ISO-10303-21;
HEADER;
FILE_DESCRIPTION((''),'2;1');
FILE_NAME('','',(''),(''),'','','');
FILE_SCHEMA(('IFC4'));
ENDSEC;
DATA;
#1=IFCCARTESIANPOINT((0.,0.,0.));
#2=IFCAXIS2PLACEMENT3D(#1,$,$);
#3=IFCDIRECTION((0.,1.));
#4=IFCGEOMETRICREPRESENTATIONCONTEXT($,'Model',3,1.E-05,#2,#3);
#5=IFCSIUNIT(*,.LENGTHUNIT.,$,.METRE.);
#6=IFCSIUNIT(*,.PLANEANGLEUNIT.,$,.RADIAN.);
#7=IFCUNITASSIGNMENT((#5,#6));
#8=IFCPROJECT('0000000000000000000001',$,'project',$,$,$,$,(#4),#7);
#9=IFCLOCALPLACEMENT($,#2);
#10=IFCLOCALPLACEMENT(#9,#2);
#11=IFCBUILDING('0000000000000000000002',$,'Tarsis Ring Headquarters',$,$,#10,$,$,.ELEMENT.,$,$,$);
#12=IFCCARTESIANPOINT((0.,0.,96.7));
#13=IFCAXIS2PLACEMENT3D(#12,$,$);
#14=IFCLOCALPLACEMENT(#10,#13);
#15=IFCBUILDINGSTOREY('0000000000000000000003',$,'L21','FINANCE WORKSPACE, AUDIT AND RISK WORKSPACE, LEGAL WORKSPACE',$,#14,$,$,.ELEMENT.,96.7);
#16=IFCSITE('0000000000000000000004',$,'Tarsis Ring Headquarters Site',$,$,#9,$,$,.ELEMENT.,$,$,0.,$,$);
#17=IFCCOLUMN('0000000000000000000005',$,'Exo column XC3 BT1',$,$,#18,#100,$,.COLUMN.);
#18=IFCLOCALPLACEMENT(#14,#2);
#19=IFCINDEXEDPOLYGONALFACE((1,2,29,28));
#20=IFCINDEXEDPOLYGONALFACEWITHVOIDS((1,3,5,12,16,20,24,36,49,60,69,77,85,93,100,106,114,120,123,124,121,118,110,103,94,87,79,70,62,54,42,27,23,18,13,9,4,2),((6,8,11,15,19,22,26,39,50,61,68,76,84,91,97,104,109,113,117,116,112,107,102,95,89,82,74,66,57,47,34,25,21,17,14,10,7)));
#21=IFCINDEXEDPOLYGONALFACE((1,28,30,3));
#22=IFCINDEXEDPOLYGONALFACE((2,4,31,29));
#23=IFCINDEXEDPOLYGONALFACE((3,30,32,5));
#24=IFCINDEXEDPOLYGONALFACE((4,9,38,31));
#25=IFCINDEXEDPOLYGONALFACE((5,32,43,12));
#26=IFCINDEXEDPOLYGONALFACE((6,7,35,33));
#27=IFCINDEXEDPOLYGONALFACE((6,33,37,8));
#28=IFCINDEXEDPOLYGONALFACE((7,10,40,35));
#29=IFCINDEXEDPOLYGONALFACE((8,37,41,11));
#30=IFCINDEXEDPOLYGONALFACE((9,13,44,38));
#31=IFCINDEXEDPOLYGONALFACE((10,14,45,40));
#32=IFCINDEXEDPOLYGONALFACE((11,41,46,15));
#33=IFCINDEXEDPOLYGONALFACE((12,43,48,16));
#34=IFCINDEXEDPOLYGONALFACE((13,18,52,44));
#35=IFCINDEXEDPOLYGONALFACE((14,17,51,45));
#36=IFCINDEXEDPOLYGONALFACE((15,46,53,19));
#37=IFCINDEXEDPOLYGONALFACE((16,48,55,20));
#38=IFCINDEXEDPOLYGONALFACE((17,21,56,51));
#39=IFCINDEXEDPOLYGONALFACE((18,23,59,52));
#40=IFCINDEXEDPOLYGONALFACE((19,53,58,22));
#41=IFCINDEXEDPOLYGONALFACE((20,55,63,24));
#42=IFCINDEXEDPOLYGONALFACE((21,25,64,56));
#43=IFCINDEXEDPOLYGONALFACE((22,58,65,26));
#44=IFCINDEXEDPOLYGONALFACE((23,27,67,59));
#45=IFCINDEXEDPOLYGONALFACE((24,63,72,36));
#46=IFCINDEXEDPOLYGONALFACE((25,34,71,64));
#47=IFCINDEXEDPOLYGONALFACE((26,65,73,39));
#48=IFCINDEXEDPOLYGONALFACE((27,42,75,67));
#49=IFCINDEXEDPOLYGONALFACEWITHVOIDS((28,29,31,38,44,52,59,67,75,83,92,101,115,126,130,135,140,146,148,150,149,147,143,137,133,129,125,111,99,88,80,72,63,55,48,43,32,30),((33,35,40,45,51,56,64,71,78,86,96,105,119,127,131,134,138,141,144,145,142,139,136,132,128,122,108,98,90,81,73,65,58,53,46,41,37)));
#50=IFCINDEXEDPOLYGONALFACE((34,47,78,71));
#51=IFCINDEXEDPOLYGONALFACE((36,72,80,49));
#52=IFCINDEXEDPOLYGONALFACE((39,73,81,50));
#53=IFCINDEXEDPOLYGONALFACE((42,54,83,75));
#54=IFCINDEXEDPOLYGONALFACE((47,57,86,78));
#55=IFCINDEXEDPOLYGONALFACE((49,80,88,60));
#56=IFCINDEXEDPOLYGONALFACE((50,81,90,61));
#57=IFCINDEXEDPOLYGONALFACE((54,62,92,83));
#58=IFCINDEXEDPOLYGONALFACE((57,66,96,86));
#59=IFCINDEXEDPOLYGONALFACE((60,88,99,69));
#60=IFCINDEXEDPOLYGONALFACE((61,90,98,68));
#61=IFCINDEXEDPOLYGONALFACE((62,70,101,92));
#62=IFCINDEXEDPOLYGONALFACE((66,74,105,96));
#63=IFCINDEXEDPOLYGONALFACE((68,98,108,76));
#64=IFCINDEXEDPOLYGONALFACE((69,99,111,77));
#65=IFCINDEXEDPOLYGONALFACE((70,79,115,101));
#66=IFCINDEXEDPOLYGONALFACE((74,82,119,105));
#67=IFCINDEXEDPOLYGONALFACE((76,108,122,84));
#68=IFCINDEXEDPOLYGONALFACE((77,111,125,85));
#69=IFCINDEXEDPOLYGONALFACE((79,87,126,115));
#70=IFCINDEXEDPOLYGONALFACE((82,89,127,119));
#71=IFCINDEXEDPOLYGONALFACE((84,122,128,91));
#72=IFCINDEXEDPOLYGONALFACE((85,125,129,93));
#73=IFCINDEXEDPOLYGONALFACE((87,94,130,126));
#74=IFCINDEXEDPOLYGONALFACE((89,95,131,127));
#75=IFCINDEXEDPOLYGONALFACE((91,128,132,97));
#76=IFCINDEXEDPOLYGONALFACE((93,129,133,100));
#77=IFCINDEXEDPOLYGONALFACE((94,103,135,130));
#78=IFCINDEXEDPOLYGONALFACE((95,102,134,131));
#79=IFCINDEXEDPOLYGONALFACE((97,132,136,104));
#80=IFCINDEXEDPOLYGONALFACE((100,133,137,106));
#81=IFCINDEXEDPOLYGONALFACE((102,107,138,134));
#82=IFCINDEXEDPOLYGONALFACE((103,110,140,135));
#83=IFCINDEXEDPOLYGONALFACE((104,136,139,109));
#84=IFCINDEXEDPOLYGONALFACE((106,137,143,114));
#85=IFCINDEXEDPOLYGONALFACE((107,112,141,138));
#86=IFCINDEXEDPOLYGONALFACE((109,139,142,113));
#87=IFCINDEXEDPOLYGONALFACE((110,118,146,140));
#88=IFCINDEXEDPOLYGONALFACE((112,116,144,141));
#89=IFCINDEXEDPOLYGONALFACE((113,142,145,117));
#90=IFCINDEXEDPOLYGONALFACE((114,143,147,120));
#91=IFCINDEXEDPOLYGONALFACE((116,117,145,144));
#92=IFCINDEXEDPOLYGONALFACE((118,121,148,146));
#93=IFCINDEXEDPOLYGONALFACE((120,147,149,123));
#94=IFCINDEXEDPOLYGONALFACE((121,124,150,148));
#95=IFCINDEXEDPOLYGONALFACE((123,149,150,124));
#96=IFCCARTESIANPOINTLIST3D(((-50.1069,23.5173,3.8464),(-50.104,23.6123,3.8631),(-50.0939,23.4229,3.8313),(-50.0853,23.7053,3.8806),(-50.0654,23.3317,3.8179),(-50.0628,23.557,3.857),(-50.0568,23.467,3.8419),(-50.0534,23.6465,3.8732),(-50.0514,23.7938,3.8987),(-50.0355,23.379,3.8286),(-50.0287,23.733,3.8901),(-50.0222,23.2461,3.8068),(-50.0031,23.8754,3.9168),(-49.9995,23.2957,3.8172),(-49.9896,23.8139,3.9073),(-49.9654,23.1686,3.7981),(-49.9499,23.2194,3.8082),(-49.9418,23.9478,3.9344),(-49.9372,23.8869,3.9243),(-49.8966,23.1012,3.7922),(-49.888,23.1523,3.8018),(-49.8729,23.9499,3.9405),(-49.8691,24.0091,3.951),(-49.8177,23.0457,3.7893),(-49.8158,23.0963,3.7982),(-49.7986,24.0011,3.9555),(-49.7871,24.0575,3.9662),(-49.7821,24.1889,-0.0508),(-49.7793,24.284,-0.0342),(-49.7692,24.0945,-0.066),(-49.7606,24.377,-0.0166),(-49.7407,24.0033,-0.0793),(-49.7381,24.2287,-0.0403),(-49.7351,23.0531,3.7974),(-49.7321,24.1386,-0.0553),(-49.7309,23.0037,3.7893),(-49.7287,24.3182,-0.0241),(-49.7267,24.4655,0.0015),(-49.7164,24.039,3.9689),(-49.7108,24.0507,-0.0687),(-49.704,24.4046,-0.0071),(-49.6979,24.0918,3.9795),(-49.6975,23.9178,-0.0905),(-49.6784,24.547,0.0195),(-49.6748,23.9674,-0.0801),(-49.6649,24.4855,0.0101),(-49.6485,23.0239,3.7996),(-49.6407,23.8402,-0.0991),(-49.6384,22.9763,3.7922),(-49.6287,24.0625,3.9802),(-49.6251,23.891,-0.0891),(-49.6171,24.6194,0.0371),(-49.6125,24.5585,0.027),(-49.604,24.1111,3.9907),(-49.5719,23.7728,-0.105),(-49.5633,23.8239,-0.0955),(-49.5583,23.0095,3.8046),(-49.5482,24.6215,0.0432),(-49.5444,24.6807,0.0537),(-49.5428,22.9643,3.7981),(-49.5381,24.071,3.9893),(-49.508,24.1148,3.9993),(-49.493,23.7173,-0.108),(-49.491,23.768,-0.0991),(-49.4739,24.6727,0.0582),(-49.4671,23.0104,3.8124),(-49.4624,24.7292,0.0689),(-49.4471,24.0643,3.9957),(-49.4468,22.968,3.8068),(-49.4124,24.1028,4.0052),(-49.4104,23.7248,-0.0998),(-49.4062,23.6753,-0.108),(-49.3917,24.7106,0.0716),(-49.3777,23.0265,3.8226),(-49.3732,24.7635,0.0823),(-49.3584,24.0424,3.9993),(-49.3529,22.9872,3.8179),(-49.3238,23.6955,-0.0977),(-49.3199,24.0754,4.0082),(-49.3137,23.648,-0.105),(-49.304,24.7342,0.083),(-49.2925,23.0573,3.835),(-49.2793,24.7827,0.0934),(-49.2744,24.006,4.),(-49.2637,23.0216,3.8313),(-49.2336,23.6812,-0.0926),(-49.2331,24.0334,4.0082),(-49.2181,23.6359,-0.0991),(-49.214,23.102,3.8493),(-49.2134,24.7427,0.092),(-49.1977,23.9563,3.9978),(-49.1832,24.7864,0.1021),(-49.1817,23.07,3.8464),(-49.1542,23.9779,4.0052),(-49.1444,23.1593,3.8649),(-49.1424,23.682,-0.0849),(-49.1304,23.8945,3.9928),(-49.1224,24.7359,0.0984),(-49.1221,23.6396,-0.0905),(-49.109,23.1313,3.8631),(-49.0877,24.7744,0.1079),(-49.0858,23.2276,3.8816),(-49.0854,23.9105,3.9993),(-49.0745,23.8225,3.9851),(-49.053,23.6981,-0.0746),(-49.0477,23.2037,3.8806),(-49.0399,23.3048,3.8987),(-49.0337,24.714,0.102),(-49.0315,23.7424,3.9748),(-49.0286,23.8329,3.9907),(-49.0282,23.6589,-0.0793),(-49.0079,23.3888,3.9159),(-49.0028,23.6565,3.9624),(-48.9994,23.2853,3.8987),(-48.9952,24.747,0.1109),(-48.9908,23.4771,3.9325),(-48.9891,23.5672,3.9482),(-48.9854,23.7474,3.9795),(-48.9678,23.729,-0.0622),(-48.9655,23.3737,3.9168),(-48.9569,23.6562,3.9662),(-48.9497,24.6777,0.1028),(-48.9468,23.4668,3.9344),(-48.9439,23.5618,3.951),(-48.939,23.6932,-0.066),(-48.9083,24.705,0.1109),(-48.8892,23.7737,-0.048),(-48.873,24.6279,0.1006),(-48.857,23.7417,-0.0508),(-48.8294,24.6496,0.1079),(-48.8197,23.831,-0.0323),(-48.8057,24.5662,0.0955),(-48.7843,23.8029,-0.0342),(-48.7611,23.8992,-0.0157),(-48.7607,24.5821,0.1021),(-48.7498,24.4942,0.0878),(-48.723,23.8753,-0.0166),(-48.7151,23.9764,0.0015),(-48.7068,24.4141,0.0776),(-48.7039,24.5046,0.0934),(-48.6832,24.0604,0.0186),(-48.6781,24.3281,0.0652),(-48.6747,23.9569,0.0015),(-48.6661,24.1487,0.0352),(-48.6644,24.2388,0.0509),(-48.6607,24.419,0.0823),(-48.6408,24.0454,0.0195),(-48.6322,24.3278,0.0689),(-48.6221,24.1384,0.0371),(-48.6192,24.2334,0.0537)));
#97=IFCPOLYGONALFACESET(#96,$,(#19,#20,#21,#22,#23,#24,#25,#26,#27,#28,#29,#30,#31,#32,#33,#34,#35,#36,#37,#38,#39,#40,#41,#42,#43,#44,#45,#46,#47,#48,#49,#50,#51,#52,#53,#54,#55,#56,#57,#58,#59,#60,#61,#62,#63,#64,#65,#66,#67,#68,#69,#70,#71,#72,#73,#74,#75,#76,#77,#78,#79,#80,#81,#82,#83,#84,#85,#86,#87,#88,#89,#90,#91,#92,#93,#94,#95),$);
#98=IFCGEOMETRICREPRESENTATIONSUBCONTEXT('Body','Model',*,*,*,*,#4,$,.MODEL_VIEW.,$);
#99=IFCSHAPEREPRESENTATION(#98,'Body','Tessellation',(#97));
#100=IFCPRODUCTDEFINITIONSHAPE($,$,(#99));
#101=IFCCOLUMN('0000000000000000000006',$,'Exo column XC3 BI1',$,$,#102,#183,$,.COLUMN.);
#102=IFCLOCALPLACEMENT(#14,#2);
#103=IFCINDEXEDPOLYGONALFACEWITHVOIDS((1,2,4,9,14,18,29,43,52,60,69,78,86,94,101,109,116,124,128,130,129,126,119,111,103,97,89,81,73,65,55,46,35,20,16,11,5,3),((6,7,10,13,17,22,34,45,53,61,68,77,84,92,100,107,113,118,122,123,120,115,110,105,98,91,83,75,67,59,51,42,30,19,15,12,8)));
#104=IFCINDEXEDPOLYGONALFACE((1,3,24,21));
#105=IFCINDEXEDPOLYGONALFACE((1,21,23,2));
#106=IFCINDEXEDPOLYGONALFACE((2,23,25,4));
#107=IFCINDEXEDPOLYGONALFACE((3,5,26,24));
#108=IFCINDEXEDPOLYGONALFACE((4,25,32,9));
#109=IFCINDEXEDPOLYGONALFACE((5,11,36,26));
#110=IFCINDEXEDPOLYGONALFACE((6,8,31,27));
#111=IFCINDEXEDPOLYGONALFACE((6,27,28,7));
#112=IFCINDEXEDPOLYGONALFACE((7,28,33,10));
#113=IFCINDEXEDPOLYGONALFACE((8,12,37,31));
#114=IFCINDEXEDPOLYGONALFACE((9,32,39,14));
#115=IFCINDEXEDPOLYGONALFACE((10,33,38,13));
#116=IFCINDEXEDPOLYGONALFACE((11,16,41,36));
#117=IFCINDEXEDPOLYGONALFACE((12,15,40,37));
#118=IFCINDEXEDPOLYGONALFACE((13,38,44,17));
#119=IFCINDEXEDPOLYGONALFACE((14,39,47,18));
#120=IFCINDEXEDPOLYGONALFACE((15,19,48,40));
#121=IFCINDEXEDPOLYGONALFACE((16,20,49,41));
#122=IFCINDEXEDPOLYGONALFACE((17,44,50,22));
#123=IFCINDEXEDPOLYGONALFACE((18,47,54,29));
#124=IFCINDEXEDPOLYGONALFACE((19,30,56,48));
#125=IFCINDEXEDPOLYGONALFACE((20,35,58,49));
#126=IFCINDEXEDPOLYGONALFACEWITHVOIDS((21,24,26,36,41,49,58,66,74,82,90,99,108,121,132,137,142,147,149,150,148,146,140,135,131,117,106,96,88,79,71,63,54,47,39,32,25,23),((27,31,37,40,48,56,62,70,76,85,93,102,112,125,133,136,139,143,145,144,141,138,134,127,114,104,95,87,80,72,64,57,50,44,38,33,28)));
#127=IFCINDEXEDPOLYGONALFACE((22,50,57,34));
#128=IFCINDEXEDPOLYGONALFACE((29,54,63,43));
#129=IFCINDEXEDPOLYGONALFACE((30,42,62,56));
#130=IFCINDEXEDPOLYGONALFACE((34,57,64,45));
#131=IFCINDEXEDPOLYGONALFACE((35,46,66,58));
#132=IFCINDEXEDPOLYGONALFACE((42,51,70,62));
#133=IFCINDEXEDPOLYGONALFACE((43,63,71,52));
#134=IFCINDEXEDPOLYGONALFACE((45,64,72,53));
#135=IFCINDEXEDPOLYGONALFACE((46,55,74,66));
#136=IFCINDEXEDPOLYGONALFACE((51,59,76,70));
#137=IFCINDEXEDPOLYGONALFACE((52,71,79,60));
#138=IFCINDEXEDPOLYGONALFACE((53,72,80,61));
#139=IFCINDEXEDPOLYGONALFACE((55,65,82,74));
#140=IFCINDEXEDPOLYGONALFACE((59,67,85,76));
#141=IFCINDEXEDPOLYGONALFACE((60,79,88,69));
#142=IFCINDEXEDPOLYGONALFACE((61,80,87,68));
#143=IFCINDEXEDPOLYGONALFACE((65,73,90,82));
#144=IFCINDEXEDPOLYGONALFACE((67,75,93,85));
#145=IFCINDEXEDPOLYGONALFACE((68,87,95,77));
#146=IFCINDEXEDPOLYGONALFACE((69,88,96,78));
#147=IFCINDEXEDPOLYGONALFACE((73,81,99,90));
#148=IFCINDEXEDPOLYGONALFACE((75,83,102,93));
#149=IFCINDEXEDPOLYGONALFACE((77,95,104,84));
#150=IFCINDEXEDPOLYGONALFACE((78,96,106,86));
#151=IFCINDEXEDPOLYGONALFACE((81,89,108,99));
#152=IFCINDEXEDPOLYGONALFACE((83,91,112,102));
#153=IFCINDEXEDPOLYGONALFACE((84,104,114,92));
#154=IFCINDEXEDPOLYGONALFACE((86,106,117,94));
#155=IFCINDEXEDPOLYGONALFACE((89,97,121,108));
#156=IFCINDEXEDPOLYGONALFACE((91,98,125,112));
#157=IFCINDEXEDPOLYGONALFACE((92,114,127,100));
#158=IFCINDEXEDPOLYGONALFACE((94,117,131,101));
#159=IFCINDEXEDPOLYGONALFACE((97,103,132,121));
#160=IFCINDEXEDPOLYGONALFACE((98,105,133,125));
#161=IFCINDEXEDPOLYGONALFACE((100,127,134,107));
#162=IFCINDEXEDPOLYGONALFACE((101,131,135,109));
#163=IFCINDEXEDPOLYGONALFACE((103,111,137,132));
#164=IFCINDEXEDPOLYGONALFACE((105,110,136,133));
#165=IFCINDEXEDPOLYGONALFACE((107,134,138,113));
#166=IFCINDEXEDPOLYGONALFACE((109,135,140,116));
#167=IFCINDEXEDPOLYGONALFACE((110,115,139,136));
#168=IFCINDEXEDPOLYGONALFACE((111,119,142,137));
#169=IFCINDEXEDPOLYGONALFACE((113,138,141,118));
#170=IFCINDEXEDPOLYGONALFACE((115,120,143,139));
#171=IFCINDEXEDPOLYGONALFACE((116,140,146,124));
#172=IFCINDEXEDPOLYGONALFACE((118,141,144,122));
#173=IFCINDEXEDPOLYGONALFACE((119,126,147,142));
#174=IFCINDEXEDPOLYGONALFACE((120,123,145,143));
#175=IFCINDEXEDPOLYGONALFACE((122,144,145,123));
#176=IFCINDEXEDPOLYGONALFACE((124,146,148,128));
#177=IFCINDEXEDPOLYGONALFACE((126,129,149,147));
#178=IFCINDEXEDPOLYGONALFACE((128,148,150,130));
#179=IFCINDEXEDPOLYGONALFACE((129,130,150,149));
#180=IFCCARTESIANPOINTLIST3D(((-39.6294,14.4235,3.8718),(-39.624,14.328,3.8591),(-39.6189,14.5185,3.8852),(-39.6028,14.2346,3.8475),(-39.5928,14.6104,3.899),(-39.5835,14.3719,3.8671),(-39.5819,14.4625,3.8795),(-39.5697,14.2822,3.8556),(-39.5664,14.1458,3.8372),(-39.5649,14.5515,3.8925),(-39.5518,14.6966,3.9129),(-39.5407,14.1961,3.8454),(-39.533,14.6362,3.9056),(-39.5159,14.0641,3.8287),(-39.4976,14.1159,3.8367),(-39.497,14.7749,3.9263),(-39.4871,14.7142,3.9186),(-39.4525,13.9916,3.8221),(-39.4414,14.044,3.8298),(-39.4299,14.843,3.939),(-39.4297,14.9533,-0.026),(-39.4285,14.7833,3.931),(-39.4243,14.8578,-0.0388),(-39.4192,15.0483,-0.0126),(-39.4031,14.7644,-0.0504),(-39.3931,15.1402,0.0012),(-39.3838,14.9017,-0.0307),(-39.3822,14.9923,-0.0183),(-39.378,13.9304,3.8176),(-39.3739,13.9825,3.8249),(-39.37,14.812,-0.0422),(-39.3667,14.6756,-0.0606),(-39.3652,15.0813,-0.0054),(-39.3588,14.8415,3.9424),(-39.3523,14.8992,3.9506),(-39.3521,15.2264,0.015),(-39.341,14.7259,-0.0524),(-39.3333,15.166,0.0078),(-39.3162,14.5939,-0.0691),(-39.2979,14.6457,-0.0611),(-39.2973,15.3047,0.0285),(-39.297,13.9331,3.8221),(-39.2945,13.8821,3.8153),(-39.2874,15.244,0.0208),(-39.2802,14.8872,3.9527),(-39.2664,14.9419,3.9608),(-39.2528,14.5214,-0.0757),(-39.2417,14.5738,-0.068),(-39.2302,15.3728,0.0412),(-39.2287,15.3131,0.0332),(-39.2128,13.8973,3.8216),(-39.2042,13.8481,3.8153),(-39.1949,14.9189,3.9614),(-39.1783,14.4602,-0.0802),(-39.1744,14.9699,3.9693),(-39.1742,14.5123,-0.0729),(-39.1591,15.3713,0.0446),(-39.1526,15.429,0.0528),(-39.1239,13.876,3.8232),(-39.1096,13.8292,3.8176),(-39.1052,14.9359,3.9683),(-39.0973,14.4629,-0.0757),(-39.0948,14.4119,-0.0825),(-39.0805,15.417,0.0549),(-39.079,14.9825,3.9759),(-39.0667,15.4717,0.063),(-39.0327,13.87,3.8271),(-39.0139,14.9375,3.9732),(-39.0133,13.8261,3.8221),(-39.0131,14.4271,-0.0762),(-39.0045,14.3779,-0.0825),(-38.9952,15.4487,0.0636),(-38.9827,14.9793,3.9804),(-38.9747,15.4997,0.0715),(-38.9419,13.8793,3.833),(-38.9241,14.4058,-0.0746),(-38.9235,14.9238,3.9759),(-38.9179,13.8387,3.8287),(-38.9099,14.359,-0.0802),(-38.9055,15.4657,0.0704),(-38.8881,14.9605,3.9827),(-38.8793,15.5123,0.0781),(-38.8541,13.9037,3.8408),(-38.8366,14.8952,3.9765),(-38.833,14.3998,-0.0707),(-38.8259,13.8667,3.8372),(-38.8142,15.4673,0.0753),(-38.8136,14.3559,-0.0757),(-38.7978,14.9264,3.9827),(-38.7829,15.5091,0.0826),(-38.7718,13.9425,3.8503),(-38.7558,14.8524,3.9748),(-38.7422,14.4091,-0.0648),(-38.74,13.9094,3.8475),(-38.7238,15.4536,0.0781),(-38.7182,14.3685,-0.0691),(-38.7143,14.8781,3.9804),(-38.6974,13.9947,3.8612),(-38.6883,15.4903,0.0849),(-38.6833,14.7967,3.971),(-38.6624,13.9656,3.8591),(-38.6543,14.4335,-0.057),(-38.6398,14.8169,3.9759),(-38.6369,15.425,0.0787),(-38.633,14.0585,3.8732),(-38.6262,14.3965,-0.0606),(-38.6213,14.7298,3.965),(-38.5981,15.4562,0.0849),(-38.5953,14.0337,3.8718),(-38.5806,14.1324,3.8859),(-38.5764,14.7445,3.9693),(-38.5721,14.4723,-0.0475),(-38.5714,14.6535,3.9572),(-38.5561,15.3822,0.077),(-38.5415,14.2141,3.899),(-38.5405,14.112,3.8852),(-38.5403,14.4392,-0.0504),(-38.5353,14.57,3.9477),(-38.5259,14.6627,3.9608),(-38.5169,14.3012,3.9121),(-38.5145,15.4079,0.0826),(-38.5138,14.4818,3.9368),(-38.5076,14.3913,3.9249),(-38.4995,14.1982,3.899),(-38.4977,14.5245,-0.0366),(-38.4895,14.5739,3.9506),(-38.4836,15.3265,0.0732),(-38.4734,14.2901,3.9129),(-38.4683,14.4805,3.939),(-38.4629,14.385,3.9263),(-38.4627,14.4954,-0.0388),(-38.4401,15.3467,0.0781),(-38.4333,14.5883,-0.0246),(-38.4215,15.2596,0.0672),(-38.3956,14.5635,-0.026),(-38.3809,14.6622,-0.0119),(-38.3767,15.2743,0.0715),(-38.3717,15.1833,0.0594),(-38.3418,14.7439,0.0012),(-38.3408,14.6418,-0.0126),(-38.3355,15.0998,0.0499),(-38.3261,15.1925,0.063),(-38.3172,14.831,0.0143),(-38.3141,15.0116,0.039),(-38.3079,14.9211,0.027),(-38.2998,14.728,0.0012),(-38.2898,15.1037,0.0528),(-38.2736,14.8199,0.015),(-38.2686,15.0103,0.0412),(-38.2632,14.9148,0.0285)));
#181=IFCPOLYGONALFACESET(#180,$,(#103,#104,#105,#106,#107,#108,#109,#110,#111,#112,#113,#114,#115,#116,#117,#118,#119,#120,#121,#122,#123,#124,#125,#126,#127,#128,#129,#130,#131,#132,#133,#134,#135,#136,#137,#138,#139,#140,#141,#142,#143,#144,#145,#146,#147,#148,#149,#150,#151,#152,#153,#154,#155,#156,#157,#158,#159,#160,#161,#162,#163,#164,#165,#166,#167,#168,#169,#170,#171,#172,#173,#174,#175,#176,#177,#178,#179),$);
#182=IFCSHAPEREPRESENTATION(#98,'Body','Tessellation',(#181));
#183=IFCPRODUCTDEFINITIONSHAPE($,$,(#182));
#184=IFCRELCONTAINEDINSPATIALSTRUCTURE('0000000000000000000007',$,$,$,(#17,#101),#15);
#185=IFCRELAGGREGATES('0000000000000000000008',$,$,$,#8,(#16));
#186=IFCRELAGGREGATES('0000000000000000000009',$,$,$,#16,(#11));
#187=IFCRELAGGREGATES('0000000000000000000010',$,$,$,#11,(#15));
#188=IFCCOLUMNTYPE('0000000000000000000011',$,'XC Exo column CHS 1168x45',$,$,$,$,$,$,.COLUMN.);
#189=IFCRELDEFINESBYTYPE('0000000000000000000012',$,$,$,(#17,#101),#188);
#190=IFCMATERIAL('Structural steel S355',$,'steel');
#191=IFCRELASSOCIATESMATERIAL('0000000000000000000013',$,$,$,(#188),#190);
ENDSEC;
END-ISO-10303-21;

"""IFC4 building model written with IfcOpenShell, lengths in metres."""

from ifc_helpers import new_model, si_unit, direction, frame, origin, origin_2d, place, context, subcontext, project, spatial, hollow_circle, extrude, material, material_profile, profile_set, type_object, element, save


model = new_model("IFC4")

# Units and contexts
model_context = context("Model", 3, precision=1e-05, world=origin(), true_north=direction((0.0, 1.0)))
body_context = subcontext(model_context, "Body", "Model", "MODEL_VIEW")
ifc_project = project(units=[si_unit("LENGTHUNIT", "METRE"), si_unit("PLANEANGLEUNIT", "RADIAN")], contexts=[model_context])

# Site, building, storey
site_placement = place(None, origin())
site = spatial("IfcSite", under=ifc_project, at=site_placement, Name="Tarsis Ring Headquarters Site", CompositionType="ELEMENT", RefElevation=0.0)
building_placement = place(site_placement, origin())
building = spatial("IfcBuilding", under=site, at=building_placement, Name="Tarsis Ring Headquarters", CompositionType="ELEMENT")
storey_placement = place(building_placement, frame((0.0, 0.0, 96.7)))
storey = spatial("IfcBuildingStorey", under=building, at=storey_placement, Name="L21", Description="FINANCE WORKSPACE, AUDIT AND RISK WORKSPACE, LEGAL WORKSPACE", CompositionType="ELEMENT", Elevation=96.7)

# Columns
ifc_material_1 = material(Name="Structural steel S355", Category="steel")
ifc_material_profile_1 = material_profile(ifc_material_1, hollow_circle(Radius=0.5842, WallThickness=0.0449, at=origin_2d()), Name="CHS 1168x45")
ifc_profile_set_1 = profile_set([ifc_material_profile_1], Name="Structural steel S355")
column_type = type_object("IfcColumnType", Name="XC Exo column CHS 1168x45", PredefinedType="COLUMN", material=ifc_profile_set_1)
column_1_placement = place(storey_placement, frame((-49.2007, 24.2112, 0.0015), z_axis=(-0.081832, -0.169263, 0.982168), x_axis=(0.900304, -0.435262, 0.0)))
element("IfcColumn", 1, at=column_1_placement, inside=storey, type_object=column_type, Name="Exo column XC3 BT1", PredefinedType="COLUMN", context=body_context, shape_type="SweptSolid", body=[
    extrude(hollow_circle(Radius=0.5842, WallThickness=0.0449, at=origin_2d()), origin(), (0.0, 0.0, 1.0), 3.968),
])
column_2_placement = place(storey_placement, frame((-38.8464, 14.9341, 0.0012), z_axis=(-0.050705, -0.134511, 0.989614), x_axis=(0.935725, -0.35273, 0.0)))
element("IfcColumn", 2, at=column_2_placement, inside=storey, type_object=column_type, Name="Exo column XC3 BI1", PredefinedType="COLUMN", context=body_context, shape_type="SweptSolid", body=[
    extrude(hollow_circle(Radius=0.5842, WallThickness=0.0449, at=origin_2d()), origin(), (0.0, 0.0, 1.0), 3.9387),
])

save(model, "model.ifc")
